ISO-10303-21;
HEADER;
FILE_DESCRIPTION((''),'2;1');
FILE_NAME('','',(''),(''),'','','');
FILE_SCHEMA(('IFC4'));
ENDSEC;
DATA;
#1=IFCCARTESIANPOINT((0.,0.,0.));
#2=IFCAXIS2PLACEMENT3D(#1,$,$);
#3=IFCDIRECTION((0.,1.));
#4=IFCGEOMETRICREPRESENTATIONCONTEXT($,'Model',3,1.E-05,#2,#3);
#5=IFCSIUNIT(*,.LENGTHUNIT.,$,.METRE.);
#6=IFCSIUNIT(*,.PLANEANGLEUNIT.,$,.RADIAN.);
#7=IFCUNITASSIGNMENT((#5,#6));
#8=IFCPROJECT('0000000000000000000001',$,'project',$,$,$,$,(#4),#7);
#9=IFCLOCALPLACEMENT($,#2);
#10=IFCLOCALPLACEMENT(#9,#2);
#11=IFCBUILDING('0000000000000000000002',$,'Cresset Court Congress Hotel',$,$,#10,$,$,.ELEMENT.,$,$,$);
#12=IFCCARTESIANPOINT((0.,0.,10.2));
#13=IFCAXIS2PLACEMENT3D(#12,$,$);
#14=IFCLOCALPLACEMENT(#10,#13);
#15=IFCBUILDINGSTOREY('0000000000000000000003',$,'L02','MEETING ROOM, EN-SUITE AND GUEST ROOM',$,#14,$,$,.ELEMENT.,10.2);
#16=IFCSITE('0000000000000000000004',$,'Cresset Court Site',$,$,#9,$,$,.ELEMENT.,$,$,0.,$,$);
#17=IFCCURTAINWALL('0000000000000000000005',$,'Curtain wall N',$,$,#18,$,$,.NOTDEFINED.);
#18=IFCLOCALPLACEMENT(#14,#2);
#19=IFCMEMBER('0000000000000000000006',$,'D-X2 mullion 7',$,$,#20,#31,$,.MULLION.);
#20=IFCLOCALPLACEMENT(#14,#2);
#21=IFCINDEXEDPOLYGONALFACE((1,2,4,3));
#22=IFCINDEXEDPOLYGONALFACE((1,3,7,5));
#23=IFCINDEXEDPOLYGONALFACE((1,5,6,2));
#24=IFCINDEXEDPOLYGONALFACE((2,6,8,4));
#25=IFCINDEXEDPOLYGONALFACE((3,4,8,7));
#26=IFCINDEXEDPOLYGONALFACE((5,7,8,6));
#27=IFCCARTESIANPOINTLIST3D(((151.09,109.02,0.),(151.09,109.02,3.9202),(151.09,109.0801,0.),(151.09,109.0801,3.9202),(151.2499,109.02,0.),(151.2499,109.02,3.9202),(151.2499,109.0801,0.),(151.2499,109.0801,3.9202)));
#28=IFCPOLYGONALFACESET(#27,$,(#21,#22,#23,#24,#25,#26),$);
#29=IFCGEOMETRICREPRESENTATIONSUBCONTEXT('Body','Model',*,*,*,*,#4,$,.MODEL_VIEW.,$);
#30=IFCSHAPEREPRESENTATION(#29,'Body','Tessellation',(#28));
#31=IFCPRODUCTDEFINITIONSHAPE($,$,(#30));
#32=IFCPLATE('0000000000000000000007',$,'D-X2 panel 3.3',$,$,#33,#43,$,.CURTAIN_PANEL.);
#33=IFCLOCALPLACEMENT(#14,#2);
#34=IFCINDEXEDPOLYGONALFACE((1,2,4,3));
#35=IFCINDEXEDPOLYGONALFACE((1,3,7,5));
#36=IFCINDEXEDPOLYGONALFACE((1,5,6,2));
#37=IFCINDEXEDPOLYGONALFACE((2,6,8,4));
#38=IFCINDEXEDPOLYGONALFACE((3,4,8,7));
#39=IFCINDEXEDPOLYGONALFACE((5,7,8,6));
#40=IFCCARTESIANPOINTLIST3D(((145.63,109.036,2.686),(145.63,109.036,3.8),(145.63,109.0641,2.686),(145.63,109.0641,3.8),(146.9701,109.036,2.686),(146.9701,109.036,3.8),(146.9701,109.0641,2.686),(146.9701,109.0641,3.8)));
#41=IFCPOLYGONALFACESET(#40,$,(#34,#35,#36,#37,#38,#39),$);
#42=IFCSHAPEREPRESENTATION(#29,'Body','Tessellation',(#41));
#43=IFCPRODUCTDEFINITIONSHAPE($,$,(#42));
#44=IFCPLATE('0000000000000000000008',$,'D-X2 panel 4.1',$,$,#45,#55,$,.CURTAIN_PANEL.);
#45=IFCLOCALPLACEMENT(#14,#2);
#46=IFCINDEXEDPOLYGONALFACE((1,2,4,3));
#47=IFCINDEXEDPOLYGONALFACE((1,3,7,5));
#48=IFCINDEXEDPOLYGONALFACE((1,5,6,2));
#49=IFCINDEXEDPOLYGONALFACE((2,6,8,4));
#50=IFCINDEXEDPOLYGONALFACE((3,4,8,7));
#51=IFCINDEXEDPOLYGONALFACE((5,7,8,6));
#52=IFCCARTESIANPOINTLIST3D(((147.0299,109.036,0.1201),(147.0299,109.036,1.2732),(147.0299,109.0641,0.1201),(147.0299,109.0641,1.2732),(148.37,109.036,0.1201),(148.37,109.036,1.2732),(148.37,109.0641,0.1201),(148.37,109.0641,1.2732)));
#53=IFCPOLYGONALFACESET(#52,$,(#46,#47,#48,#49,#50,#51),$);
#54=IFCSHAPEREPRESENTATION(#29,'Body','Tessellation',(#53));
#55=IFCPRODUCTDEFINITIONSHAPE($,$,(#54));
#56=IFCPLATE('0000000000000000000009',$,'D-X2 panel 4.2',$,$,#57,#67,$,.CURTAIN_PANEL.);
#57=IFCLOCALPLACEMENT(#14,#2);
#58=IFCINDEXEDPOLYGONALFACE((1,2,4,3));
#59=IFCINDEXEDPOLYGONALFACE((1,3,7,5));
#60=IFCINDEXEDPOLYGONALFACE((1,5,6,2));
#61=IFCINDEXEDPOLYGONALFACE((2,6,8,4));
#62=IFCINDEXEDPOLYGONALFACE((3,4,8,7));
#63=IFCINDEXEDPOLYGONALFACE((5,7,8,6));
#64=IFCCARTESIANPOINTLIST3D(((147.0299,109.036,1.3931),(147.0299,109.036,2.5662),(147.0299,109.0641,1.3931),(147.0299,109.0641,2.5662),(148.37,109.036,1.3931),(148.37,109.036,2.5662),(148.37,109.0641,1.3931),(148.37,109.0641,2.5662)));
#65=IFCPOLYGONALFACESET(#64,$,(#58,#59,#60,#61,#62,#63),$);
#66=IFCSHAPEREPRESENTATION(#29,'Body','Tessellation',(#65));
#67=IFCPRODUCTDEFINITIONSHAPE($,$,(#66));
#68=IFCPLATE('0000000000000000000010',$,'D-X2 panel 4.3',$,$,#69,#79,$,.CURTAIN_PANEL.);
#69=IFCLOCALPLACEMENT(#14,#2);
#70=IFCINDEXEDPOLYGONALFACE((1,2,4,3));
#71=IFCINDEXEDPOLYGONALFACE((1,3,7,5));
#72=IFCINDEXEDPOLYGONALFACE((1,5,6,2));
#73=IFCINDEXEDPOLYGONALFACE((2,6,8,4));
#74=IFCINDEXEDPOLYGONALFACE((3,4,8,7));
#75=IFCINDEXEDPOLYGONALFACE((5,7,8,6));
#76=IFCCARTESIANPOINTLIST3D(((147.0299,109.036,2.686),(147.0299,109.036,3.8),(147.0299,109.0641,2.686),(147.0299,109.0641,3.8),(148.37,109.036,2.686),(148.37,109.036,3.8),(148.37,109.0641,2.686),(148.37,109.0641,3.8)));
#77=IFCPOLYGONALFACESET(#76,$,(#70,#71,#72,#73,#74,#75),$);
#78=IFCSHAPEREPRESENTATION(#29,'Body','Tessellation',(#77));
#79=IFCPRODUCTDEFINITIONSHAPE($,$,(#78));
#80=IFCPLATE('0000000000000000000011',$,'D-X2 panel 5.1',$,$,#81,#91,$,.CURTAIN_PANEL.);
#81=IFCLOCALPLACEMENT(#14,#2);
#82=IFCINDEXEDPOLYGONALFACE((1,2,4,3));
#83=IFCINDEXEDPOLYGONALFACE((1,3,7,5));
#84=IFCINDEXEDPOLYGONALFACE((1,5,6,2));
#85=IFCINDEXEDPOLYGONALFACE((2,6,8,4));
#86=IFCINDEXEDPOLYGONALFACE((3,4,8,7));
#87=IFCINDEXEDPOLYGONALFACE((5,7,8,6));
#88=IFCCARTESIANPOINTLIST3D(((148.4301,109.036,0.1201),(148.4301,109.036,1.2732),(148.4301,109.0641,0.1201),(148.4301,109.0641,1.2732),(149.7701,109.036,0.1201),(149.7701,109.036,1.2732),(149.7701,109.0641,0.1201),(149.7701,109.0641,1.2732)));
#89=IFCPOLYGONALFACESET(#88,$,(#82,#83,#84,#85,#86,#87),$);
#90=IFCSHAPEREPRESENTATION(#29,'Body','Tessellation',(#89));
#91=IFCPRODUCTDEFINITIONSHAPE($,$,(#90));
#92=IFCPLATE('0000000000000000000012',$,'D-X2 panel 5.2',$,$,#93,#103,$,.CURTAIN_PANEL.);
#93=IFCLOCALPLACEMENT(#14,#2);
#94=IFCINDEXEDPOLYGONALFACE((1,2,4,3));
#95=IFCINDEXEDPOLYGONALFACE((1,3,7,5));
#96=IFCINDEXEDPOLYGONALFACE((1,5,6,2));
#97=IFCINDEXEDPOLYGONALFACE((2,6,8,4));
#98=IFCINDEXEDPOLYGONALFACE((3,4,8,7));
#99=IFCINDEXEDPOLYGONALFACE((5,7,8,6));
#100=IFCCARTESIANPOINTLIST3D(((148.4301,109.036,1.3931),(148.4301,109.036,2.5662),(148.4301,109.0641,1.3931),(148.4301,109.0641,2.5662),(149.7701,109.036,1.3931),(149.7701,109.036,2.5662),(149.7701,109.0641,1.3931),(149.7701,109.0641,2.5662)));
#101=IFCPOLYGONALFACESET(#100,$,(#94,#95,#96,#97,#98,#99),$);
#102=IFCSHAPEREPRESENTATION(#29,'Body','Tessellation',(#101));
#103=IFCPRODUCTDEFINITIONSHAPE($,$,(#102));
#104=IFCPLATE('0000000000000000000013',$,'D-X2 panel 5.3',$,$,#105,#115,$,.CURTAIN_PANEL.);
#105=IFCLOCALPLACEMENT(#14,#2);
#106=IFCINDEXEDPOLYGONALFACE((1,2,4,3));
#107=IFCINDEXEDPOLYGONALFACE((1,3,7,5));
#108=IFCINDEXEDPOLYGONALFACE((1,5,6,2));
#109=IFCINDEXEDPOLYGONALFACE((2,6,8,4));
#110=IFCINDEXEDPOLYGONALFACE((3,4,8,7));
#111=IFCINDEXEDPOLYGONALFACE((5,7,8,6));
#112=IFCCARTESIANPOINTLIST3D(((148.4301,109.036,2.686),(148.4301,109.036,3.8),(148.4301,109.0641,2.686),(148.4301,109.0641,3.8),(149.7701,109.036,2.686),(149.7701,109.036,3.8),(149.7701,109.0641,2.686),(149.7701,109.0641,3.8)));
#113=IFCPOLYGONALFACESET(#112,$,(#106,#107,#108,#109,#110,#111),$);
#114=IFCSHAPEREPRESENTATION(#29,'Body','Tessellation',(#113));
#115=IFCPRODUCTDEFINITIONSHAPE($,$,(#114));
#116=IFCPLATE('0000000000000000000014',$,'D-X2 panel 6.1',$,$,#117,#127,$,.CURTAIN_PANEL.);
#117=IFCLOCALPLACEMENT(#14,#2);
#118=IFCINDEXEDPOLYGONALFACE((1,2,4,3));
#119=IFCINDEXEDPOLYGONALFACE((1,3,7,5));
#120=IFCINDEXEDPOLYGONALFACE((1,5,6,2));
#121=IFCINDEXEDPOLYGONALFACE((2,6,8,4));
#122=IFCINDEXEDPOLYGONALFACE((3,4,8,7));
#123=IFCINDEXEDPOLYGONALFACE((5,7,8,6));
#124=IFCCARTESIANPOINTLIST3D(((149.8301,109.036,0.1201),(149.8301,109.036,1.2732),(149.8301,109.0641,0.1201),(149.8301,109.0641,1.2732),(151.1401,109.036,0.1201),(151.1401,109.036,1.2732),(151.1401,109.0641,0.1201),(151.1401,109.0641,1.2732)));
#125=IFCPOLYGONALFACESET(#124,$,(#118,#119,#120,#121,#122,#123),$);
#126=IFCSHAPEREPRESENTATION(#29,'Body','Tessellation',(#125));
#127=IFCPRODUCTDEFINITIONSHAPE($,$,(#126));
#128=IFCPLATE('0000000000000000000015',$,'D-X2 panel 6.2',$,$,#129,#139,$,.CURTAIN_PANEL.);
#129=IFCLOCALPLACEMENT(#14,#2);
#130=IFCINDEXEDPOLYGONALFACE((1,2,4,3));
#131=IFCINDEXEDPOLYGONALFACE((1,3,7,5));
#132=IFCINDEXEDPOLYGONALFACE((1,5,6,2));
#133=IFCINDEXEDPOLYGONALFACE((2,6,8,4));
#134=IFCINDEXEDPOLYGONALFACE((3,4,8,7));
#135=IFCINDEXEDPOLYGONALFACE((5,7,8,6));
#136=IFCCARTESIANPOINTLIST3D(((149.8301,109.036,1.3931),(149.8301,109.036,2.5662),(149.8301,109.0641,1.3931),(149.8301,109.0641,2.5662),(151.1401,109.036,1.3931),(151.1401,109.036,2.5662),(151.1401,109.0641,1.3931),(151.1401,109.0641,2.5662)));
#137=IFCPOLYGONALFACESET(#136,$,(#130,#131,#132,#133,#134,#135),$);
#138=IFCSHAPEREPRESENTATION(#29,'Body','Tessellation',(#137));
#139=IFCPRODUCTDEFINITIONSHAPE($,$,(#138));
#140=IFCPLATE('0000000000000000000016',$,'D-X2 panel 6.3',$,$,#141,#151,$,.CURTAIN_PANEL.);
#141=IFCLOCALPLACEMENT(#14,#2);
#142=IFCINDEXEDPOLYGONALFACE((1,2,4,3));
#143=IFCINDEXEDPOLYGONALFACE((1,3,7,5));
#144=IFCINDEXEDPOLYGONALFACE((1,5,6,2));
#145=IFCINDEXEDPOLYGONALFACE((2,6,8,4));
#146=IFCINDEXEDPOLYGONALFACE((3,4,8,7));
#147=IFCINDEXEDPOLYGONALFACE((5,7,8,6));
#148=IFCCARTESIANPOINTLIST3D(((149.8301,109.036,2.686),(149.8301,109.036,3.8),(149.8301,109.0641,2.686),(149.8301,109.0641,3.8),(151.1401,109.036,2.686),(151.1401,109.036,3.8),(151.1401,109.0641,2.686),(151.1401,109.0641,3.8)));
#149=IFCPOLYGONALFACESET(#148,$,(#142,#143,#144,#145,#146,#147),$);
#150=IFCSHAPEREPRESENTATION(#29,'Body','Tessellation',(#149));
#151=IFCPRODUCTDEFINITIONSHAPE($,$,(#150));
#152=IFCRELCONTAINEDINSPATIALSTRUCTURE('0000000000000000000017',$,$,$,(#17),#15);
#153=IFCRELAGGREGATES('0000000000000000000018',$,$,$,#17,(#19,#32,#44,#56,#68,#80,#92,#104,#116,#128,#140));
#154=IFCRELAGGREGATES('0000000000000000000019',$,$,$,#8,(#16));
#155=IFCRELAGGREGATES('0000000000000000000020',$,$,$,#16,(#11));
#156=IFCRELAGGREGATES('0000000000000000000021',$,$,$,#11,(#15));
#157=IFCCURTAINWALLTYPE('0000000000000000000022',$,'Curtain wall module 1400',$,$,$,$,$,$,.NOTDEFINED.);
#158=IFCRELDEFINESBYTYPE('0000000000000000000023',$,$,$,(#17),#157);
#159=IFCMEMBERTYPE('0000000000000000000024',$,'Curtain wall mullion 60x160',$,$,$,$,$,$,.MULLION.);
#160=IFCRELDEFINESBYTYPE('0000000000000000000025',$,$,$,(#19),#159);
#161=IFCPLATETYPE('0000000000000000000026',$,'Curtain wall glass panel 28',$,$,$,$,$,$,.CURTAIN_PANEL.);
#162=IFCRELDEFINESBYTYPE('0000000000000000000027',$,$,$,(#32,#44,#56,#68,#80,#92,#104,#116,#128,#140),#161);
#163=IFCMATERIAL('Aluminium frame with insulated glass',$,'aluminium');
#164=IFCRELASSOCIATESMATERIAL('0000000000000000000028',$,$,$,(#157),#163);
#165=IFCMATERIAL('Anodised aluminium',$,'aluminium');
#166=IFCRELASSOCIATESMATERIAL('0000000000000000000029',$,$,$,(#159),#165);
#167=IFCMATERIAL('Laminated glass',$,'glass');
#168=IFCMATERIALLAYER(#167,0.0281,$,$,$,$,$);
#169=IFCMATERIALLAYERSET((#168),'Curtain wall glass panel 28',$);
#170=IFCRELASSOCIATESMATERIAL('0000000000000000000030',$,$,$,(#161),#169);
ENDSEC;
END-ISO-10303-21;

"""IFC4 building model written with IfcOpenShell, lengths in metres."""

from ifc_helpers import new_model, si_unit, direction, frame, origin, origin_2d, place, context, subcontext, project, spatial, rectangle, extrude, material, layer, layer_set, material_profile, profile_set, type_object, element, aggregate, save


model = new_model("IFC4")

# Units and contexts
model_context = context("Model", 3, precision=1e-05, world=origin(), true_north=direction((0.0, 1.0)))
body_context = subcontext(model_context, "Body", "Model", "MODEL_VIEW")
ifc_project = project(units=[si_unit("LENGTHUNIT", "METRE"), si_unit("PLANEANGLEUNIT", "RADIAN")], contexts=[model_context])

# Site, building, storey
site_placement = place(None, origin())
site = spatial("IfcSite", under=ifc_project, at=site_placement, Name="Cresset Court Site", CompositionType="ELEMENT", RefElevation=0.0)
building_placement = place(site_placement, origin())
building = spatial("IfcBuilding", under=site, at=building_placement, Name="Cresset Court Congress Hotel", CompositionType="ELEMENT")
storey_placement = place(building_placement, frame((0.0, 0.0, 10.2)))
storey = spatial("IfcBuildingStorey", under=building, at=storey_placement, Name="L02", Description="MEETING ROOM, EN-SUITE AND GUEST ROOM", CompositionType="ELEMENT", Elevation=10.2)

# Curtain wall, member, plates
ifc_material_1 = material(Name="Aluminium frame with insulated glass", Category="aluminium")
curtain_wall_type = type_object("IfcCurtainWallType", Name="Curtain wall module 1400", PredefinedType="NOTDEFINED", material=ifc_material_1)
curtain_wall_placement = place(storey_placement, origin())
curtain_wall = element("IfcCurtainWall", 1, at=curtain_wall_placement, inside=storey, type_object=curtain_wall_type, Name="Curtain wall N", PredefinedType="NOTDEFINED")
ifc_material_2 = material(Name="Anodised aluminium", Category="aluminium")
ifc_material_profile_1 = material_profile(ifc_material_2, rectangle(XDim=0.0601, YDim=0.1599, at=origin_2d()), Name="AL60x160")
ifc_profile_set_1 = profile_set([ifc_material_profile_1], Name="Anodised aluminium")
member_type_1 = type_object("IfcMemberType", Name="Curtain wall mullion 60x160", PredefinedType="MULLION", material=ifc_profile_set_1)
member_1_placement = place(storey_placement, frame((151.1699, 109.05, 0.0), z_axis=(0.0, 0.0, 1.0), x_axis=(0.0, 1.0, 0.0)))
member_1 = element("IfcMember", 2, at=member_1_placement, type_object=member_type_1, Name="D-X2 mullion 7", PredefinedType="MULLION", context=body_context, shape_type="SweptSolid", body=[
    extrude(rectangle(XDim=0.0601, YDim=0.1599, at=origin_2d()), origin(), (0.0, 0.0, 1.0), 3.9202),
])
ifc_material_3 = material(Name="Laminated glass", Category="glass")
ifc_layer = layer(ifc_material_3, 0.0281)
ifc_layer_set = layer_set([ifc_layer], Name="Curtain wall glass panel 28")
plate_type = type_object("IfcPlateType", Name="Curtain wall glass panel 28", PredefinedType="CURTAIN_PANEL", material=ifc_layer_set)
plate_1_placement = place(storey_placement, frame((146.3, 109.05, 2.686), z_axis=(0.0, 0.0, 1.0), x_axis=(1.0, 0.0, 0.0)))
plate_1 = element("IfcPlate", 3, at=plate_1_placement, type_object=plate_type, Name="D-X2 panel 3.3", PredefinedType="CURTAIN_PANEL", context=body_context, shape_type="SweptSolid", body=[
    extrude(rectangle(XDim=1.3401, YDim=0.0281, at=origin_2d()), origin(), (0.0, 0.0, 1.0), 1.114),
])
plate_2_placement = place(storey_placement, frame((147.7, 109.05, 0.1201), z_axis=(0.0, 0.0, 1.0), x_axis=(1.0, 0.0, 0.0)))
plate_2 = element("IfcPlate", 4, at=plate_2_placement, type_object=plate_type, Name="D-X2 panel 4.1", PredefinedType="CURTAIN_PANEL", context=body_context, shape_type="SweptSolid", body=[
    extrude(rectangle(XDim=1.3401, YDim=0.0281, at=origin_2d()), origin(), (0.0, 0.0, 1.0), 1.1531),
])
plate_3_placement = place(storey_placement, frame((147.7, 109.05, 1.3931), z_axis=(0.0, 0.0, 1.0), x_axis=(1.0, 0.0, 0.0)))
plate_3 = element("IfcPlate", 5, at=plate_3_placement, type_object=plate_type, Name="D-X2 panel 4.2", PredefinedType="CURTAIN_PANEL", context=body_context, shape_type="SweptSolid", body=[
    extrude(rectangle(XDim=1.3401, YDim=0.0281, at=origin_2d()), origin(), (0.0, 0.0, 1.0), 1.1731),
])
plate_4_placement = place(storey_placement, frame((147.7, 109.05, 2.686), z_axis=(0.0, 0.0, 1.0), x_axis=(1.0, 0.0, 0.0)))
plate_4 = element("IfcPlate", 6, at=plate_4_placement, type_object=plate_type, Name="D-X2 panel 4.3", PredefinedType="CURTAIN_PANEL", context=body_context, shape_type="SweptSolid", body=[
    extrude(rectangle(XDim=1.3401, YDim=0.0281, at=origin_2d()), origin(), (0.0, 0.0, 1.0), 1.114),
])
plate_5_placement = place(storey_placement, frame((149.1001, 109.05, 0.1201), z_axis=(0.0, 0.0, 1.0), x_axis=(1.0, 0.0, 0.0)))
plate_5 = element("IfcPlate", 7, at=plate_5_placement, type_object=plate_type, Name="D-X2 panel 5.1", PredefinedType="CURTAIN_PANEL", context=body_context, shape_type="SweptSolid", body=[
    extrude(rectangle(XDim=1.3401, YDim=0.0281, at=origin_2d()), origin(), (0.0, 0.0, 1.0), 1.1531),
])
plate_6_placement = place(storey_placement, frame((149.1001, 109.05, 1.3931), z_axis=(0.0, 0.0, 1.0), x_axis=(1.0, 0.0, 0.0)))
plate_6 = element("IfcPlate", 8, at=plate_6_placement, type_object=plate_type, Name="D-X2 panel 5.2", PredefinedType="CURTAIN_PANEL", context=body_context, shape_type="SweptSolid", body=[
    extrude(rectangle(XDim=1.3401, YDim=0.0281, at=origin_2d()), origin(), (0.0, 0.0, 1.0), 1.1731),
])
plate_7_placement = place(storey_placement, frame((149.1001, 109.05, 2.686), z_axis=(0.0, 0.0, 1.0), x_axis=(1.0, 0.0, 0.0)))
plate_7 = element("IfcPlate", 9, at=plate_7_placement, type_object=plate_type, Name="D-X2 panel 5.3", PredefinedType="CURTAIN_PANEL", context=body_context, shape_type="SweptSolid", body=[
    extrude(rectangle(XDim=1.3401, YDim=0.0281, at=origin_2d()), origin(), (0.0, 0.0, 1.0), 1.114),
])
plate_8_placement = place(storey_placement, frame((150.4851, 109.05, 0.1201), z_axis=(0.0, 0.0, 1.0), x_axis=(1.0, 0.0, 0.0)))
plate_8 = element("IfcPlate", 10, at=plate_8_placement, type_object=plate_type, Name="D-X2 panel 6.1", PredefinedType="CURTAIN_PANEL", context=body_context, shape_type="SweptSolid", body=[
    extrude(rectangle(XDim=1.3101, YDim=0.0281, at=origin_2d()), origin(), (0.0, 0.0, 1.0), 1.1531),
])
plate_9_placement = place(storey_placement, frame((150.4851, 109.05, 1.3931), z_axis=(0.0, 0.0, 1.0), x_axis=(1.0, 0.0, 0.0)))
plate_9 = element("IfcPlate", 11, at=plate_9_placement, type_object=plate_type, Name="D-X2 panel 6.2", PredefinedType="CURTAIN_PANEL", context=body_context, shape_type="SweptSolid", body=[
    extrude(rectangle(XDim=1.3101, YDim=0.0281, at=origin_2d()), origin(), (0.0, 0.0, 1.0), 1.1731),
])
plate_10_placement = place(storey_placement, frame((150.4851, 109.05, 2.686), z_axis=(0.0, 0.0, 1.0), x_axis=(1.0, 0.0, 0.0)))
plate_10 = element("IfcPlate", 12, at=plate_10_placement, type_object=plate_type, Name="D-X2 panel 6.3", PredefinedType="CURTAIN_PANEL", context=body_context, shape_type="SweptSolid", body=[
    extrude(rectangle(XDim=1.3101, YDim=0.0281, at=origin_2d()), origin(), (0.0, 0.0, 1.0), 1.114),
])
aggregate(curtain_wall, [member_1, plate_1, plate_2, plate_3, plate_4, plate_5, plate_6, plate_7, plate_8, plate_9, plate_10])

save(model, "model.ifc")
